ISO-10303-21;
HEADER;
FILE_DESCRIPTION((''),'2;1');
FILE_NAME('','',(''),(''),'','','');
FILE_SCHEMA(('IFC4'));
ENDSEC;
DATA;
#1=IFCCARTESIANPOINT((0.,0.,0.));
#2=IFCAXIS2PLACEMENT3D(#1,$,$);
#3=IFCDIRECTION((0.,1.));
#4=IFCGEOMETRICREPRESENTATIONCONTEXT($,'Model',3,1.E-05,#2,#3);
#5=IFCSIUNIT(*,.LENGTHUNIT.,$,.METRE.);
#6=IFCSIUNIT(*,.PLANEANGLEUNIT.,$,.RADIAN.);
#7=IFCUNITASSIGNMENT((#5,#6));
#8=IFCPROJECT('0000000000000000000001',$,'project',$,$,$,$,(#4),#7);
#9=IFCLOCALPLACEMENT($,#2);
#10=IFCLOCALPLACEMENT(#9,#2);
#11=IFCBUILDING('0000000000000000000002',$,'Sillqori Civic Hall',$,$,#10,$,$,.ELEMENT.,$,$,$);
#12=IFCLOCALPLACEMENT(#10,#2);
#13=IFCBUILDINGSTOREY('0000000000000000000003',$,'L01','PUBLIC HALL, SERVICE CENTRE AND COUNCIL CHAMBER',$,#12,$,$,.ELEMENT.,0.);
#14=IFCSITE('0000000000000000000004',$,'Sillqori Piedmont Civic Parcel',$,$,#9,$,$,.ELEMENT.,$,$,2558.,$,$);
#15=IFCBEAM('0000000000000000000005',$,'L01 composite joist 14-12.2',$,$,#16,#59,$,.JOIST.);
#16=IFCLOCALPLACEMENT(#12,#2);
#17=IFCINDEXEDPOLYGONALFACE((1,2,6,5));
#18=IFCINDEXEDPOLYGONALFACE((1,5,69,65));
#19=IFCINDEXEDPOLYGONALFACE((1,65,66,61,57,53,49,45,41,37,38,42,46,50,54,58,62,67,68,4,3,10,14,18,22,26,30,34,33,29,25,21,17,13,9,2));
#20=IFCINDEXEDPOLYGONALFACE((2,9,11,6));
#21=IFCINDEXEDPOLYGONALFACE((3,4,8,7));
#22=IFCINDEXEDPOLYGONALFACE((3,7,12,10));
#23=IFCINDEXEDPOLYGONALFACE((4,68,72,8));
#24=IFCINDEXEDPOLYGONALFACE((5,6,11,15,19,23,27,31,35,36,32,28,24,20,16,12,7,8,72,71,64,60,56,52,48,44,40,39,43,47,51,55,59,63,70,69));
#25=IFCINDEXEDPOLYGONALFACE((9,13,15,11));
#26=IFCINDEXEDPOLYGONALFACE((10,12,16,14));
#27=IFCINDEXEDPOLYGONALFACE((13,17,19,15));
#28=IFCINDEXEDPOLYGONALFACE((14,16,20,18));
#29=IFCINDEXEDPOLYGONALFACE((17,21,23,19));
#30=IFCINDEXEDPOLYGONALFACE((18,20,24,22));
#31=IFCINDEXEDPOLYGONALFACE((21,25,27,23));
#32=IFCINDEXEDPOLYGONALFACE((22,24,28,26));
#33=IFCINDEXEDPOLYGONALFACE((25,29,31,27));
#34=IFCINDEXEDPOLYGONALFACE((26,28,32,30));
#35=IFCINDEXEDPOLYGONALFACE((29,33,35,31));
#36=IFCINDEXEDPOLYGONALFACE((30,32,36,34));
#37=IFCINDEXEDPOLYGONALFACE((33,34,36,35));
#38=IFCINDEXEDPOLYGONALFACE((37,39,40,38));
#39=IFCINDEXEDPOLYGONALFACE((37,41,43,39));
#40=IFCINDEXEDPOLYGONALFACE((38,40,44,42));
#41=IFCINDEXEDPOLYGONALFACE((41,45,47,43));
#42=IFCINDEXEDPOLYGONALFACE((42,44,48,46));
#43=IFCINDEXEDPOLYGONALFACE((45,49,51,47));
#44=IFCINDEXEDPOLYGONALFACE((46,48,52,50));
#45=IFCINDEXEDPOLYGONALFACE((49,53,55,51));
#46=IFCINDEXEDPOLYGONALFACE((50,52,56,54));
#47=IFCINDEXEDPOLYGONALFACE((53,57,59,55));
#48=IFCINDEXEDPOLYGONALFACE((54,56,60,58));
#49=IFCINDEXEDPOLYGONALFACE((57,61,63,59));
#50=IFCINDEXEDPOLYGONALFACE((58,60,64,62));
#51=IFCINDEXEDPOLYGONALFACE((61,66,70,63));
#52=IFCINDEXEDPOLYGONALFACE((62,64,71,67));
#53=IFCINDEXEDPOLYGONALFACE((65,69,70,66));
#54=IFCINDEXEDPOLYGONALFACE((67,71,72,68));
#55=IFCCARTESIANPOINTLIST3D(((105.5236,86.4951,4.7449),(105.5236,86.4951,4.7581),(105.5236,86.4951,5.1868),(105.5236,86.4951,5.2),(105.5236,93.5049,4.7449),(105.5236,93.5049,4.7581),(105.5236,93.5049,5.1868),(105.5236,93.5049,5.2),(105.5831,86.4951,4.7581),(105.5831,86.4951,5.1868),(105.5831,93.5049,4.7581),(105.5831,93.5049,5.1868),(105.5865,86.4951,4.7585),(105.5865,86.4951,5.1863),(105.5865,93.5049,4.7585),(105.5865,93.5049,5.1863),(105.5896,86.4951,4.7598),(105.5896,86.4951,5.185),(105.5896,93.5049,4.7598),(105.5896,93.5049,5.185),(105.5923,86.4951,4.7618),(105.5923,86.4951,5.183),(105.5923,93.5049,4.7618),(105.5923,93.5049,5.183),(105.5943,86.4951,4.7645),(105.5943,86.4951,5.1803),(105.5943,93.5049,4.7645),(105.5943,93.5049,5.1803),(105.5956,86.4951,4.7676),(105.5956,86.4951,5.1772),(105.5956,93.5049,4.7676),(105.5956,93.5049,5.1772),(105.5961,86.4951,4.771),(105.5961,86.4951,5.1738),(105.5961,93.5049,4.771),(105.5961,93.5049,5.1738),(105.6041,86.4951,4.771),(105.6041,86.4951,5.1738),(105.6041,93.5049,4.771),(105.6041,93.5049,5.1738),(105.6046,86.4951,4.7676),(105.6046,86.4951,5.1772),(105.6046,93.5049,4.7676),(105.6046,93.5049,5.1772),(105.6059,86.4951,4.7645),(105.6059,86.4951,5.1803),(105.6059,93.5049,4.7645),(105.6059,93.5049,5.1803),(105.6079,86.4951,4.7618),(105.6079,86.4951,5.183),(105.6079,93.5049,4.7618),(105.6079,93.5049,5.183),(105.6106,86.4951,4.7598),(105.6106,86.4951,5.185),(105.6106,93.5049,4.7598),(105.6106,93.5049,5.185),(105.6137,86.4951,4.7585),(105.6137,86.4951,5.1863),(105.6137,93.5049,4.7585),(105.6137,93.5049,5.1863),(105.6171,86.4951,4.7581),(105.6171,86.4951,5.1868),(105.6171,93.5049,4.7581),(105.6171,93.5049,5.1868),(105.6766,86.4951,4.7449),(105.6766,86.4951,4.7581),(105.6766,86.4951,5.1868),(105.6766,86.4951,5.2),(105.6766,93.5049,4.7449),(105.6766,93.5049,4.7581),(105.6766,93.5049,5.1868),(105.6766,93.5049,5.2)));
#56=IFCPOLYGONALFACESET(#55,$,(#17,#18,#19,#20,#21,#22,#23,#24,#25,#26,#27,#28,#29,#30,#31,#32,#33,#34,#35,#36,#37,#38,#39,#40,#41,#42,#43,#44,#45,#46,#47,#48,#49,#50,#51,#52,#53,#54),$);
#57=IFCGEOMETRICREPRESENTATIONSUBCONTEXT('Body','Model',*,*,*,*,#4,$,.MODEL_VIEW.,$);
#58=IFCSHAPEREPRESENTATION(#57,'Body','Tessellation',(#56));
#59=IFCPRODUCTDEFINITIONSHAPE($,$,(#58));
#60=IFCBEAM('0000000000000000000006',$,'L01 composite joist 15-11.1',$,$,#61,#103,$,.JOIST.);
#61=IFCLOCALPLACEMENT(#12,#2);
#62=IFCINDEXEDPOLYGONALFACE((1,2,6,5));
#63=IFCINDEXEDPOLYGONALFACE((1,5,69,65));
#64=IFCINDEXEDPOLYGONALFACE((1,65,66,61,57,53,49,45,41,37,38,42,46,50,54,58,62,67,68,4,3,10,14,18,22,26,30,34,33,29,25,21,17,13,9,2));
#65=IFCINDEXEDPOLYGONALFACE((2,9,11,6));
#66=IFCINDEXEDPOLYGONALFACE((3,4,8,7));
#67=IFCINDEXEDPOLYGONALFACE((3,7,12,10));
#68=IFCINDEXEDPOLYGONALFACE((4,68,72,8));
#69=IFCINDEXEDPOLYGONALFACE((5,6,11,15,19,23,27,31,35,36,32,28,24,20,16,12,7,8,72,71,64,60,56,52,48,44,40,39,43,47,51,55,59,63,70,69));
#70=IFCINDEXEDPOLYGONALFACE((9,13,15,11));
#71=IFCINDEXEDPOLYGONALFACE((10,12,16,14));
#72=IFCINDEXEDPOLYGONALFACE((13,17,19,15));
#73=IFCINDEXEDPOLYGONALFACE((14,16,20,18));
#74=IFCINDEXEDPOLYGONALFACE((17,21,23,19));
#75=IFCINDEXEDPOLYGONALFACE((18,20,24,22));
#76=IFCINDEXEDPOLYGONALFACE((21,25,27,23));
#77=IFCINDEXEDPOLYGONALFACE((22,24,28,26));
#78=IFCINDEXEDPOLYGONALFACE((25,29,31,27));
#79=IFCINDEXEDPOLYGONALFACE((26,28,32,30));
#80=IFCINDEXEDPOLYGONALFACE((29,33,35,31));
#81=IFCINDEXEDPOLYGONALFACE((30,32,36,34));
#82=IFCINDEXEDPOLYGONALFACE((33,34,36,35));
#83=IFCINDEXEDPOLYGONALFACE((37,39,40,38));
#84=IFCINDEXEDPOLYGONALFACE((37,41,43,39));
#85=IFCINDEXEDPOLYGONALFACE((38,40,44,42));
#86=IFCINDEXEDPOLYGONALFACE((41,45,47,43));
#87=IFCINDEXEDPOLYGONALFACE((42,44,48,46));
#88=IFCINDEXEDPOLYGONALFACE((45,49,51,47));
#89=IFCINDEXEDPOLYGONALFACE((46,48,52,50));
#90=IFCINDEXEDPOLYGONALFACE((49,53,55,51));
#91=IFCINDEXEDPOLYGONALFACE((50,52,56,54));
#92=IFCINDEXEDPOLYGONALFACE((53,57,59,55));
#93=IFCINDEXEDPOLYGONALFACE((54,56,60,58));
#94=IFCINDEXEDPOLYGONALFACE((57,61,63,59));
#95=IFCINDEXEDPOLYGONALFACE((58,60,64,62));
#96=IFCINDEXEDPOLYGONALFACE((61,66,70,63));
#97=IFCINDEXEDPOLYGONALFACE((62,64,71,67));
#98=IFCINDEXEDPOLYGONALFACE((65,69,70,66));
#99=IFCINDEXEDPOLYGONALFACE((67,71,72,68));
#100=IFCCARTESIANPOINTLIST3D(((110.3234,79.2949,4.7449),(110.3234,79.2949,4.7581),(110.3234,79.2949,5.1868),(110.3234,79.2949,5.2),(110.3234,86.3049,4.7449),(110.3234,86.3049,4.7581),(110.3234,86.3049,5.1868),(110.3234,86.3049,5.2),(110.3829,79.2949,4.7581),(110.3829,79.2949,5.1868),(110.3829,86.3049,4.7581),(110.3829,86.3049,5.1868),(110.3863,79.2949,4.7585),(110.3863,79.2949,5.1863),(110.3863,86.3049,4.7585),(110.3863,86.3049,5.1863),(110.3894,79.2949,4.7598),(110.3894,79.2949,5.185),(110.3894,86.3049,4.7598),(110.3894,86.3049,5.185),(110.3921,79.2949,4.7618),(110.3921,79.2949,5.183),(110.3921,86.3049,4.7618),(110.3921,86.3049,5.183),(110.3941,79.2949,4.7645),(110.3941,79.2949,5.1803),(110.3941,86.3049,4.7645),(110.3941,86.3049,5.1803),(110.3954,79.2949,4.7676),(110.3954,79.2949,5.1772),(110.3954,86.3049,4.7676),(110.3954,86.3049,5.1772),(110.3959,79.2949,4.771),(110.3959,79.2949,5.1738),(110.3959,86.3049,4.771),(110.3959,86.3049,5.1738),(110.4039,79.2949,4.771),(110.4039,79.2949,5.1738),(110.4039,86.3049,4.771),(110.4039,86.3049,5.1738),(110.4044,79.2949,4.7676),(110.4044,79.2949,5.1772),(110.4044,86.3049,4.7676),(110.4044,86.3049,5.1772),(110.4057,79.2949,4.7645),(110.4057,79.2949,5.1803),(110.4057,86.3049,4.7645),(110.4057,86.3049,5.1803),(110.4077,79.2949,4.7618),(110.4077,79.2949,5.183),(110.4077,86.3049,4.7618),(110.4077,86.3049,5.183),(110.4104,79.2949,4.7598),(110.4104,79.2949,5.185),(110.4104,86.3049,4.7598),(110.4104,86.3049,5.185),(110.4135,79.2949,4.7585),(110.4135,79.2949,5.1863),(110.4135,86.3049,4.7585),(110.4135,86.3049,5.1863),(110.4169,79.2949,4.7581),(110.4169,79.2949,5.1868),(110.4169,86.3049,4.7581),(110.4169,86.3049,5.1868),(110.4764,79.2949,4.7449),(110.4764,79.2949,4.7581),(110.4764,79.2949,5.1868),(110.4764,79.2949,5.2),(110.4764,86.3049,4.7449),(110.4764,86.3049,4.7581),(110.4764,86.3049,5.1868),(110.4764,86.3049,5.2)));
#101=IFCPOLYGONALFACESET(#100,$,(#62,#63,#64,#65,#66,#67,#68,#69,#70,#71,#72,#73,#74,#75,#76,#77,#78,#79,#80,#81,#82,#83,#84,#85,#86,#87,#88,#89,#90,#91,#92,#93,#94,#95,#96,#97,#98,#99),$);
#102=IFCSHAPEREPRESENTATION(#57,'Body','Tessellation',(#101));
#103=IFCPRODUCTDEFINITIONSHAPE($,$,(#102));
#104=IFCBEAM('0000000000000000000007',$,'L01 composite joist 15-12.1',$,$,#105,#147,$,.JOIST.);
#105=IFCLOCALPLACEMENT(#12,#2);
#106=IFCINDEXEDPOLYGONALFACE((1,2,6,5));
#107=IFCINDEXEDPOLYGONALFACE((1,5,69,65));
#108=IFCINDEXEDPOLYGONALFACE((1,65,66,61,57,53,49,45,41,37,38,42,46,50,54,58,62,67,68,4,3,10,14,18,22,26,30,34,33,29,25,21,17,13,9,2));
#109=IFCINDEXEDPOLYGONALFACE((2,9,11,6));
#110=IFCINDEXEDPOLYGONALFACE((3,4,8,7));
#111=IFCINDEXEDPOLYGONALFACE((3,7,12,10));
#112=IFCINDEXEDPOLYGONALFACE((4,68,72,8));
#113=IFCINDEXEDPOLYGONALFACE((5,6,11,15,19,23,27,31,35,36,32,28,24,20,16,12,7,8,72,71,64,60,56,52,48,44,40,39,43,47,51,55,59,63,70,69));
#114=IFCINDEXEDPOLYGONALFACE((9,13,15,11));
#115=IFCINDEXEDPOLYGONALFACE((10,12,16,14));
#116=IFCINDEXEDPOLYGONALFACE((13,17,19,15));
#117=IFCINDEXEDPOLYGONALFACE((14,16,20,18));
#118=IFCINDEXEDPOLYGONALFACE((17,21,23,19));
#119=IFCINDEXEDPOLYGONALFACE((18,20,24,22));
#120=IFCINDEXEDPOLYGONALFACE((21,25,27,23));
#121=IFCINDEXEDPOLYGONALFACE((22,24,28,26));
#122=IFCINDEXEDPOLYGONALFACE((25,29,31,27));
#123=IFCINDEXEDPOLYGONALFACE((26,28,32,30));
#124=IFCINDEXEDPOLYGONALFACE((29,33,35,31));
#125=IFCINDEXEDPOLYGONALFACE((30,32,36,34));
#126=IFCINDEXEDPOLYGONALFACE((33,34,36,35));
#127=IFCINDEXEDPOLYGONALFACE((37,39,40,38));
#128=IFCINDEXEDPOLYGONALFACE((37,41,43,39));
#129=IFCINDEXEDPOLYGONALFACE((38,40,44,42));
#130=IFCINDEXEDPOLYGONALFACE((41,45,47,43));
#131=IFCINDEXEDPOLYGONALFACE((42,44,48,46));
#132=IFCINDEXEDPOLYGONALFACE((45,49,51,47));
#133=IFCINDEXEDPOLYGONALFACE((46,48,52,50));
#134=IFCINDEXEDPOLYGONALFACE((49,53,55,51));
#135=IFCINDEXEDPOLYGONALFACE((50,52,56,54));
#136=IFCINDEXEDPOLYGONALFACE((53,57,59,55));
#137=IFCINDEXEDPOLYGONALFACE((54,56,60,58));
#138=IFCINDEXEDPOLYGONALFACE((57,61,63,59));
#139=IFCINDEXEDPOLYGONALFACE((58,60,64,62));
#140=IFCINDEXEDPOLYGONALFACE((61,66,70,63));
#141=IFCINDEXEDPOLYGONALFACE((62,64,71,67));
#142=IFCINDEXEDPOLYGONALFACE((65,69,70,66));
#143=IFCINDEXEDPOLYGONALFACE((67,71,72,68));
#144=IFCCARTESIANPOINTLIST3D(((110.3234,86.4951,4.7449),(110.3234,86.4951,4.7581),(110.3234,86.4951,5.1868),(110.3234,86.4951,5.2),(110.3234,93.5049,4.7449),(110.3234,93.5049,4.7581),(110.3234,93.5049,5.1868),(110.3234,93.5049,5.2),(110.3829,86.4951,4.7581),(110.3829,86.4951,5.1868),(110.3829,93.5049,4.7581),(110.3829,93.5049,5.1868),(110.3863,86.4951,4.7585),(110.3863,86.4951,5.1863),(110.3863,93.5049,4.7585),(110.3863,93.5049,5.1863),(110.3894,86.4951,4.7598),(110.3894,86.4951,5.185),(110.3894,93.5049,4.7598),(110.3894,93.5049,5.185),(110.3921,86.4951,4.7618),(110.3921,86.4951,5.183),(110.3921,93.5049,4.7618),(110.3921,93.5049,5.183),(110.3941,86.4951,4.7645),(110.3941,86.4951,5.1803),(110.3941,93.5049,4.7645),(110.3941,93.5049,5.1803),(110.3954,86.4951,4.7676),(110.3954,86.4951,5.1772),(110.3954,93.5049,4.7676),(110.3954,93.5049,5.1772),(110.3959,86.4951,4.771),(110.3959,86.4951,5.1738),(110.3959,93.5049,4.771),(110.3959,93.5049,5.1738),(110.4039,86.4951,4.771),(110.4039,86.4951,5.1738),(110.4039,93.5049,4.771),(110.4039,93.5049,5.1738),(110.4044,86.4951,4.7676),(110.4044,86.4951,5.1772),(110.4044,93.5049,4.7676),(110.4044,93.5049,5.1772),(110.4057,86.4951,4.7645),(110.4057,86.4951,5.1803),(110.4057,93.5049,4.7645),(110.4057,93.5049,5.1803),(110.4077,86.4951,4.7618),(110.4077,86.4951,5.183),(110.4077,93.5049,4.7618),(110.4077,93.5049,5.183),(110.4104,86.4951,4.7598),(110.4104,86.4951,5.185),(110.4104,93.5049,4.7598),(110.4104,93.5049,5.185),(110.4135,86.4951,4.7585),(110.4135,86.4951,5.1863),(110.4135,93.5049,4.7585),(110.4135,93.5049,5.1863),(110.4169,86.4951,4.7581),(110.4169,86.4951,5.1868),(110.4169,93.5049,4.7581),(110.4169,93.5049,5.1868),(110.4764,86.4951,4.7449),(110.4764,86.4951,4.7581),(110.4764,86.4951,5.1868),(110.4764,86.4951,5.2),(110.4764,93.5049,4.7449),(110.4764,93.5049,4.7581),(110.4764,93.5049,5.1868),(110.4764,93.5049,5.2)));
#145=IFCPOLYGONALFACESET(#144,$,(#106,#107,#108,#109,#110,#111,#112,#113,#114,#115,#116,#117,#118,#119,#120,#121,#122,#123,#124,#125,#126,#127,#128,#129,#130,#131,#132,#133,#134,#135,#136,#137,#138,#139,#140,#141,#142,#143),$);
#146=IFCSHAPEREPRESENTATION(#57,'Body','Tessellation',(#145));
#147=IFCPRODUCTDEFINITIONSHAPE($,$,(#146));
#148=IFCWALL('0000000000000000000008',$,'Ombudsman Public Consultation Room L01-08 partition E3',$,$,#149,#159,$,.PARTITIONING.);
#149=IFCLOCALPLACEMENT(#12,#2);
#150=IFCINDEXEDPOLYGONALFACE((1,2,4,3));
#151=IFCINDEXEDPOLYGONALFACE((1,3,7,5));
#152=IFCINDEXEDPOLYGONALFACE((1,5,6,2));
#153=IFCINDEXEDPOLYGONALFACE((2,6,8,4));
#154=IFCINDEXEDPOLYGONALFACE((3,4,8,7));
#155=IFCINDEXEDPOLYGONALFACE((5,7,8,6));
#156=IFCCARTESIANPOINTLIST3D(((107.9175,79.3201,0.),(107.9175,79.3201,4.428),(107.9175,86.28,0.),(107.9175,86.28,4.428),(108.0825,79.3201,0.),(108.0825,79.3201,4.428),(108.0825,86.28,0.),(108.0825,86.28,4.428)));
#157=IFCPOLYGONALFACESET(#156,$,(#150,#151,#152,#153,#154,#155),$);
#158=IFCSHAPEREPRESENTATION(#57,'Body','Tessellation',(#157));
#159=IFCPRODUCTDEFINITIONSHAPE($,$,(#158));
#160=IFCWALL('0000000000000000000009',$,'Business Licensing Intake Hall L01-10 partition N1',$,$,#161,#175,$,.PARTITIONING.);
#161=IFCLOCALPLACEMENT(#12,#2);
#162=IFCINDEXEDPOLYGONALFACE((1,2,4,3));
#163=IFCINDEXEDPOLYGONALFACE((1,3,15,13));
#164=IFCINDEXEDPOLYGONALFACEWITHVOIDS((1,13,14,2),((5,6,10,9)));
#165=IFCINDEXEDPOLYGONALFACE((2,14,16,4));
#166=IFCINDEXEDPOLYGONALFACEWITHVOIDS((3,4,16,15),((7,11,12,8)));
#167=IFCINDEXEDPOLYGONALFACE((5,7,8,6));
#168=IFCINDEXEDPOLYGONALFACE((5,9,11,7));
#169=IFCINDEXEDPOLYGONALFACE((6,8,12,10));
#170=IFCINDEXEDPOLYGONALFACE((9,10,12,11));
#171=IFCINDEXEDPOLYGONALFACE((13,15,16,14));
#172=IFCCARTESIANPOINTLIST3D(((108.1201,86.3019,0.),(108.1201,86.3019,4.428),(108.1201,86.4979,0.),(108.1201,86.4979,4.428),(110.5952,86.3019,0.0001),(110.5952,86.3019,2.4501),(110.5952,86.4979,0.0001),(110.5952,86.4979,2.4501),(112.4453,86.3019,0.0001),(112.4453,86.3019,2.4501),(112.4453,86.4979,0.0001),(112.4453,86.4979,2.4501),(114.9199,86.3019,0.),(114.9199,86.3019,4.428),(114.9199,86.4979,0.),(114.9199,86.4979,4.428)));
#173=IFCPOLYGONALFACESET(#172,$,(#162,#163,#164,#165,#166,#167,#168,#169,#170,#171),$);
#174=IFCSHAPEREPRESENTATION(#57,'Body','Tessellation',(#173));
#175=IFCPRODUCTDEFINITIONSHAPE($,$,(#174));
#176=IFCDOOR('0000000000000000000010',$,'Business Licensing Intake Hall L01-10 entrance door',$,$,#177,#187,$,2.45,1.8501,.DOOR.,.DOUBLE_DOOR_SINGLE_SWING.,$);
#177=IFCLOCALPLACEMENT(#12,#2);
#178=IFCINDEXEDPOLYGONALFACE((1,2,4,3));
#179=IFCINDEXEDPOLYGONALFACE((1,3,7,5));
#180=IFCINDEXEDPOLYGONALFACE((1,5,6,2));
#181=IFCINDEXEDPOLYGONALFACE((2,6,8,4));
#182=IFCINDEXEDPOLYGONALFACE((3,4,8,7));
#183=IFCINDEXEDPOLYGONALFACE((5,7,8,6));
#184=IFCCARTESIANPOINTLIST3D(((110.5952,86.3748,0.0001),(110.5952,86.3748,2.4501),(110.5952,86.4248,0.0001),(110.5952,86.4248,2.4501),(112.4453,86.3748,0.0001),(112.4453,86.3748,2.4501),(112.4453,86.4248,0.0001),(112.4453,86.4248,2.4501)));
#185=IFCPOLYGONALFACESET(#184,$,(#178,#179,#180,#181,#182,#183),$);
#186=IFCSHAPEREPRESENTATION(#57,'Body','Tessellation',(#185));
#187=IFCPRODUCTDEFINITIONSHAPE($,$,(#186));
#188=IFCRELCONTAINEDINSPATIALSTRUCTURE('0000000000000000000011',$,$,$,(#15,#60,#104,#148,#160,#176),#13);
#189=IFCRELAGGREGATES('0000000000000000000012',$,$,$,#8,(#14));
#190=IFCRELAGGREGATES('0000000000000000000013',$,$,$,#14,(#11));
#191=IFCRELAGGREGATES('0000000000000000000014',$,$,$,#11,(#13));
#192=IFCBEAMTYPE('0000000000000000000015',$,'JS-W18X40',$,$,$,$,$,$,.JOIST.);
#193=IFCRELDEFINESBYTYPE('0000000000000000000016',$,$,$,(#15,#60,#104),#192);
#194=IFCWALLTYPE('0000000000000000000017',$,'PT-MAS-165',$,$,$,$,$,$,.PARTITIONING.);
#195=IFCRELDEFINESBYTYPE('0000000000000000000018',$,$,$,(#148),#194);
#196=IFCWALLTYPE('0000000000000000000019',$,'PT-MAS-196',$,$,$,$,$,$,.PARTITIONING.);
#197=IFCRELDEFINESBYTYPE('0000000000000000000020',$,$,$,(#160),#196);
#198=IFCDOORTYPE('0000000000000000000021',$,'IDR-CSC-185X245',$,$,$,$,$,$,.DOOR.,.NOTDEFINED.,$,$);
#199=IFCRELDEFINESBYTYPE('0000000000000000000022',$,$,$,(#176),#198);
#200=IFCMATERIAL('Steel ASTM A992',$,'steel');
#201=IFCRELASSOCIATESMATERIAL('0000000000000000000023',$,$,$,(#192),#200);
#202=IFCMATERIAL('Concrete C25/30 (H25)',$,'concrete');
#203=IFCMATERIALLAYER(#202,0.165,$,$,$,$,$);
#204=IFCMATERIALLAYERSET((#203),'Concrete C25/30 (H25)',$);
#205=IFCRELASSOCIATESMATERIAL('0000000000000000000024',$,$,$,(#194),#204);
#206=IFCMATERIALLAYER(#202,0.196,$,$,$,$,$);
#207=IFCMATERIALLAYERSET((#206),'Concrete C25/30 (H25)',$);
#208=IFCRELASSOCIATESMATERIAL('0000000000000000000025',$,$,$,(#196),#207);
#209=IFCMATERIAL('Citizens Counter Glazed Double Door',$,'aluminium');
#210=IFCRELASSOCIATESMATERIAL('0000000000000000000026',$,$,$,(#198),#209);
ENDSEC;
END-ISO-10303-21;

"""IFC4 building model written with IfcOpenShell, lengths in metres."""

from ifc_helpers import new_model, si_unit, direction, frame, frame_2d, origin, origin_2d, place, context, subcontext, project, spatial, rectangle, i_section, extrude, material, layer, layer_set, material_profile, profile_set, type_object, element, fill, save


model = new_model("IFC4")

# Units and contexts
model_context = context("Model", 3, precision=1e-05, world=origin(), true_north=direction((0.0, 1.0)))
body_context = subcontext(model_context, "Body", "Model", "MODEL_VIEW")
ifc_project = project(units=[si_unit("LENGTHUNIT", "METRE"), si_unit("PLANEANGLEUNIT", "RADIAN")], contexts=[model_context])

# Site, building, storey
site_placement = place(None, origin())
site = spatial("IfcSite", under=ifc_project, at=site_placement, Name="Sillqori Piedmont Civic Parcel", CompositionType="ELEMENT", RefElevation=2558.0)
building_placement = place(site_placement, origin())
building = spatial("IfcBuilding", under=site, at=building_placement, Name="Sillqori Civic Hall", CompositionType="ELEMENT")
storey_placement = place(building_placement, origin())
storey = spatial("IfcBuildingStorey", under=building, at=storey_placement, Name="L01", Description="PUBLIC HALL, SERVICE CENTRE AND COUNCIL CHAMBER", CompositionType="ELEMENT", Elevation=0.0)

# Shared definitions
ifc_material_1 = material(Name="Steel ASTM A992", Category="steel")

# Beams
ifc_material_profile_1 = material_profile(ifc_material_1, i_section(OverallWidth=0.1531, OverallDepth=0.4551, WebThickness=0.0081, FlangeThickness=0.0132, FilletRadius=0.0129, at=origin_2d()), Name="W18X40")
ifc_profile_set_1 = profile_set([ifc_material_profile_1], Name="Steel ASTM A992")
beam_type_1 = type_object("IfcBeamType", Name="JS-W18X40", PredefinedType="JOIST", material=ifc_profile_set_1)
beam_1_placement = place(storey_placement, frame((105.6001, 86.4951, 4.9724), z_axis=(0.0, 1.0, 0.0), x_axis=(-1.0, 0.0, 0.0)))
element("IfcBeam", 1, at=beam_1_placement, inside=storey, type_object=beam_type_1, Name="L01 composite joist 14-12.2", PredefinedType="JOIST", context=body_context, shape_type="SweptSolid", body=[
    extrude(i_section(OverallWidth=0.1531, OverallDepth=0.4551, WebThickness=0.0081, FlangeThickness=0.0132, FilletRadius=0.0129, at=origin_2d()), origin(), (0.0, 0.0, 1.0), 7.0098),
])
beam_2_placement = place(storey_placement, frame((110.3999, 79.2949, 4.9724), z_axis=(0.0, 1.0, 0.0), x_axis=(-1.0, 0.0, 0.0)))
element("IfcBeam", 2, at=beam_2_placement, inside=storey, type_object=beam_type_1, Name="L01 composite joist 15-11.1", PredefinedType="JOIST", context=body_context, shape_type="SweptSolid", body=[
    extrude(i_section(OverallWidth=0.1531, OverallDepth=0.4551, WebThickness=0.0081, FlangeThickness=0.0132, FilletRadius=0.0129, at=origin_2d()), origin(), (0.0, 0.0, 1.0), 7.01),
])
beam_3_placement = place(storey_placement, frame((110.3999, 86.4951, 4.9724), z_axis=(0.0, 1.0, 0.0), x_axis=(-1.0, 0.0, 0.0)))
element("IfcBeam", 3, at=beam_3_placement, inside=storey, type_object=beam_type_1, Name="L01 composite joist 15-12.1", PredefinedType="JOIST", context=body_context, shape_type="SweptSolid", body=[
    extrude(i_section(OverallWidth=0.1531, OverallDepth=0.4551, WebThickness=0.0081, FlangeThickness=0.0132, FilletRadius=0.0129, at=origin_2d()), origin(), (0.0, 0.0, 1.0), 7.0098),
])

# Wall
ifc_material_2 = material(Name="Concrete C25/30 (H25)", Category="concrete")
ifc_layer_1 = layer(ifc_material_2, 0.165)
ifc_layer_set_1 = layer_set([ifc_layer_1], Name="Concrete C25/30 (H25)")
wall_type_1 = type_object("IfcWallType", Name="PT-MAS-165", PredefinedType="PARTITIONING", material=ifc_layer_set_1)
wall_1_placement = place(storey_placement, frame((108.0, 86.28, 0.0), z_axis=(0.0, 0.0, 1.0), x_axis=(0.0, -1.0, 0.0)))
element("IfcWall", 4, at=wall_1_placement, inside=storey, type_object=wall_type_1, Name="Ombudsman Public Consultation Room L01-08 partition E3", PredefinedType="PARTITIONING", context=body_context, shape_type="SweptSolid", body=[
    extrude(rectangle(XDim=6.96, YDim=0.165, at=frame_2d((3.48, 0.0))), origin(), (0.0, 0.0, 1.0), 4.428),
])

# Wall, opening, door
ifc_layer_2 = layer(ifc_material_2, 0.196)
ifc_layer_set_2 = layer_set([ifc_layer_2], Name="Concrete C25/30 (H25)")
wall_type_2 = type_object("IfcWallType", Name="PT-MAS-196", PredefinedType="PARTITIONING", material=ifc_layer_set_2)
wall_2_placement = place(storey_placement, frame((108.1201, 86.3999, 0.0), z_axis=(0.0, 0.0, 1.0), x_axis=(1.0, 0.0, 0.0)))
wall_2 = element("IfcWall", 5, at=wall_2_placement, inside=storey, type_object=wall_type_2, Name="Business Licensing Intake Hall L01-10 partition N1", PredefinedType="PARTITIONING", context=body_context, shape_type="SweptSolid", body=[
    extrude(rectangle(XDim=6.7998, YDim=0.196, at=frame_2d((3.3999, 0.0))), origin(), (0.0, 0.0, 1.0), 4.428),
])
opening_placement = place(wall_2_placement, frame((2.4751, 0.0, 0.0)))
opening = element("IfcOpeningElement", 6, at=opening_placement, cuts=wall_2, PredefinedType="OPENING", context=body_context, shape_type="SweptSolid", body=[
    extrude(rectangle(XDim=1.8501, YDim=2.45, at=frame_2d((0.925, 1.2251))), frame((0.0, 0.1079, 0.0), z_axis=(0.0, -1.0, 0.0), x_axis=(1.0, 0.0, 0.0)), (0.0, 0.0, 1.0), 0.2161),
])
ifc_material_3 = material(Name="Citizens Counter Glazed Double Door", Category="aluminium")
door_type = type_object("IfcDoorType", Name="IDR-CSC-185X245", OperationType="NOTDEFINED", PredefinedType="DOOR", material=ifc_material_3)
door_placement = place(opening_placement, origin())
door = element("IfcDoor", 7, at=door_placement, inside=storey, type_object=door_type, Name="Business Licensing Intake Hall L01-10 entrance door", OperationType="DOUBLE_DOOR_SINGLE_SWING", OverallHeight=2.45, OverallWidth=1.8501, PredefinedType="DOOR", context=body_context, shape_type="SweptSolid", body=[
    extrude(rectangle(XDim=1.8501, YDim=2.45, at=frame_2d((0.925, 1.2251))), frame((0.0, 0.0249, 0.0), z_axis=(0.0, -1.0, 0.0), x_axis=(1.0, 0.0, 0.0)), (0.0, 0.0, 1.0), 0.05),
])
fill(opening, door)

save(model, "model.ifc")
